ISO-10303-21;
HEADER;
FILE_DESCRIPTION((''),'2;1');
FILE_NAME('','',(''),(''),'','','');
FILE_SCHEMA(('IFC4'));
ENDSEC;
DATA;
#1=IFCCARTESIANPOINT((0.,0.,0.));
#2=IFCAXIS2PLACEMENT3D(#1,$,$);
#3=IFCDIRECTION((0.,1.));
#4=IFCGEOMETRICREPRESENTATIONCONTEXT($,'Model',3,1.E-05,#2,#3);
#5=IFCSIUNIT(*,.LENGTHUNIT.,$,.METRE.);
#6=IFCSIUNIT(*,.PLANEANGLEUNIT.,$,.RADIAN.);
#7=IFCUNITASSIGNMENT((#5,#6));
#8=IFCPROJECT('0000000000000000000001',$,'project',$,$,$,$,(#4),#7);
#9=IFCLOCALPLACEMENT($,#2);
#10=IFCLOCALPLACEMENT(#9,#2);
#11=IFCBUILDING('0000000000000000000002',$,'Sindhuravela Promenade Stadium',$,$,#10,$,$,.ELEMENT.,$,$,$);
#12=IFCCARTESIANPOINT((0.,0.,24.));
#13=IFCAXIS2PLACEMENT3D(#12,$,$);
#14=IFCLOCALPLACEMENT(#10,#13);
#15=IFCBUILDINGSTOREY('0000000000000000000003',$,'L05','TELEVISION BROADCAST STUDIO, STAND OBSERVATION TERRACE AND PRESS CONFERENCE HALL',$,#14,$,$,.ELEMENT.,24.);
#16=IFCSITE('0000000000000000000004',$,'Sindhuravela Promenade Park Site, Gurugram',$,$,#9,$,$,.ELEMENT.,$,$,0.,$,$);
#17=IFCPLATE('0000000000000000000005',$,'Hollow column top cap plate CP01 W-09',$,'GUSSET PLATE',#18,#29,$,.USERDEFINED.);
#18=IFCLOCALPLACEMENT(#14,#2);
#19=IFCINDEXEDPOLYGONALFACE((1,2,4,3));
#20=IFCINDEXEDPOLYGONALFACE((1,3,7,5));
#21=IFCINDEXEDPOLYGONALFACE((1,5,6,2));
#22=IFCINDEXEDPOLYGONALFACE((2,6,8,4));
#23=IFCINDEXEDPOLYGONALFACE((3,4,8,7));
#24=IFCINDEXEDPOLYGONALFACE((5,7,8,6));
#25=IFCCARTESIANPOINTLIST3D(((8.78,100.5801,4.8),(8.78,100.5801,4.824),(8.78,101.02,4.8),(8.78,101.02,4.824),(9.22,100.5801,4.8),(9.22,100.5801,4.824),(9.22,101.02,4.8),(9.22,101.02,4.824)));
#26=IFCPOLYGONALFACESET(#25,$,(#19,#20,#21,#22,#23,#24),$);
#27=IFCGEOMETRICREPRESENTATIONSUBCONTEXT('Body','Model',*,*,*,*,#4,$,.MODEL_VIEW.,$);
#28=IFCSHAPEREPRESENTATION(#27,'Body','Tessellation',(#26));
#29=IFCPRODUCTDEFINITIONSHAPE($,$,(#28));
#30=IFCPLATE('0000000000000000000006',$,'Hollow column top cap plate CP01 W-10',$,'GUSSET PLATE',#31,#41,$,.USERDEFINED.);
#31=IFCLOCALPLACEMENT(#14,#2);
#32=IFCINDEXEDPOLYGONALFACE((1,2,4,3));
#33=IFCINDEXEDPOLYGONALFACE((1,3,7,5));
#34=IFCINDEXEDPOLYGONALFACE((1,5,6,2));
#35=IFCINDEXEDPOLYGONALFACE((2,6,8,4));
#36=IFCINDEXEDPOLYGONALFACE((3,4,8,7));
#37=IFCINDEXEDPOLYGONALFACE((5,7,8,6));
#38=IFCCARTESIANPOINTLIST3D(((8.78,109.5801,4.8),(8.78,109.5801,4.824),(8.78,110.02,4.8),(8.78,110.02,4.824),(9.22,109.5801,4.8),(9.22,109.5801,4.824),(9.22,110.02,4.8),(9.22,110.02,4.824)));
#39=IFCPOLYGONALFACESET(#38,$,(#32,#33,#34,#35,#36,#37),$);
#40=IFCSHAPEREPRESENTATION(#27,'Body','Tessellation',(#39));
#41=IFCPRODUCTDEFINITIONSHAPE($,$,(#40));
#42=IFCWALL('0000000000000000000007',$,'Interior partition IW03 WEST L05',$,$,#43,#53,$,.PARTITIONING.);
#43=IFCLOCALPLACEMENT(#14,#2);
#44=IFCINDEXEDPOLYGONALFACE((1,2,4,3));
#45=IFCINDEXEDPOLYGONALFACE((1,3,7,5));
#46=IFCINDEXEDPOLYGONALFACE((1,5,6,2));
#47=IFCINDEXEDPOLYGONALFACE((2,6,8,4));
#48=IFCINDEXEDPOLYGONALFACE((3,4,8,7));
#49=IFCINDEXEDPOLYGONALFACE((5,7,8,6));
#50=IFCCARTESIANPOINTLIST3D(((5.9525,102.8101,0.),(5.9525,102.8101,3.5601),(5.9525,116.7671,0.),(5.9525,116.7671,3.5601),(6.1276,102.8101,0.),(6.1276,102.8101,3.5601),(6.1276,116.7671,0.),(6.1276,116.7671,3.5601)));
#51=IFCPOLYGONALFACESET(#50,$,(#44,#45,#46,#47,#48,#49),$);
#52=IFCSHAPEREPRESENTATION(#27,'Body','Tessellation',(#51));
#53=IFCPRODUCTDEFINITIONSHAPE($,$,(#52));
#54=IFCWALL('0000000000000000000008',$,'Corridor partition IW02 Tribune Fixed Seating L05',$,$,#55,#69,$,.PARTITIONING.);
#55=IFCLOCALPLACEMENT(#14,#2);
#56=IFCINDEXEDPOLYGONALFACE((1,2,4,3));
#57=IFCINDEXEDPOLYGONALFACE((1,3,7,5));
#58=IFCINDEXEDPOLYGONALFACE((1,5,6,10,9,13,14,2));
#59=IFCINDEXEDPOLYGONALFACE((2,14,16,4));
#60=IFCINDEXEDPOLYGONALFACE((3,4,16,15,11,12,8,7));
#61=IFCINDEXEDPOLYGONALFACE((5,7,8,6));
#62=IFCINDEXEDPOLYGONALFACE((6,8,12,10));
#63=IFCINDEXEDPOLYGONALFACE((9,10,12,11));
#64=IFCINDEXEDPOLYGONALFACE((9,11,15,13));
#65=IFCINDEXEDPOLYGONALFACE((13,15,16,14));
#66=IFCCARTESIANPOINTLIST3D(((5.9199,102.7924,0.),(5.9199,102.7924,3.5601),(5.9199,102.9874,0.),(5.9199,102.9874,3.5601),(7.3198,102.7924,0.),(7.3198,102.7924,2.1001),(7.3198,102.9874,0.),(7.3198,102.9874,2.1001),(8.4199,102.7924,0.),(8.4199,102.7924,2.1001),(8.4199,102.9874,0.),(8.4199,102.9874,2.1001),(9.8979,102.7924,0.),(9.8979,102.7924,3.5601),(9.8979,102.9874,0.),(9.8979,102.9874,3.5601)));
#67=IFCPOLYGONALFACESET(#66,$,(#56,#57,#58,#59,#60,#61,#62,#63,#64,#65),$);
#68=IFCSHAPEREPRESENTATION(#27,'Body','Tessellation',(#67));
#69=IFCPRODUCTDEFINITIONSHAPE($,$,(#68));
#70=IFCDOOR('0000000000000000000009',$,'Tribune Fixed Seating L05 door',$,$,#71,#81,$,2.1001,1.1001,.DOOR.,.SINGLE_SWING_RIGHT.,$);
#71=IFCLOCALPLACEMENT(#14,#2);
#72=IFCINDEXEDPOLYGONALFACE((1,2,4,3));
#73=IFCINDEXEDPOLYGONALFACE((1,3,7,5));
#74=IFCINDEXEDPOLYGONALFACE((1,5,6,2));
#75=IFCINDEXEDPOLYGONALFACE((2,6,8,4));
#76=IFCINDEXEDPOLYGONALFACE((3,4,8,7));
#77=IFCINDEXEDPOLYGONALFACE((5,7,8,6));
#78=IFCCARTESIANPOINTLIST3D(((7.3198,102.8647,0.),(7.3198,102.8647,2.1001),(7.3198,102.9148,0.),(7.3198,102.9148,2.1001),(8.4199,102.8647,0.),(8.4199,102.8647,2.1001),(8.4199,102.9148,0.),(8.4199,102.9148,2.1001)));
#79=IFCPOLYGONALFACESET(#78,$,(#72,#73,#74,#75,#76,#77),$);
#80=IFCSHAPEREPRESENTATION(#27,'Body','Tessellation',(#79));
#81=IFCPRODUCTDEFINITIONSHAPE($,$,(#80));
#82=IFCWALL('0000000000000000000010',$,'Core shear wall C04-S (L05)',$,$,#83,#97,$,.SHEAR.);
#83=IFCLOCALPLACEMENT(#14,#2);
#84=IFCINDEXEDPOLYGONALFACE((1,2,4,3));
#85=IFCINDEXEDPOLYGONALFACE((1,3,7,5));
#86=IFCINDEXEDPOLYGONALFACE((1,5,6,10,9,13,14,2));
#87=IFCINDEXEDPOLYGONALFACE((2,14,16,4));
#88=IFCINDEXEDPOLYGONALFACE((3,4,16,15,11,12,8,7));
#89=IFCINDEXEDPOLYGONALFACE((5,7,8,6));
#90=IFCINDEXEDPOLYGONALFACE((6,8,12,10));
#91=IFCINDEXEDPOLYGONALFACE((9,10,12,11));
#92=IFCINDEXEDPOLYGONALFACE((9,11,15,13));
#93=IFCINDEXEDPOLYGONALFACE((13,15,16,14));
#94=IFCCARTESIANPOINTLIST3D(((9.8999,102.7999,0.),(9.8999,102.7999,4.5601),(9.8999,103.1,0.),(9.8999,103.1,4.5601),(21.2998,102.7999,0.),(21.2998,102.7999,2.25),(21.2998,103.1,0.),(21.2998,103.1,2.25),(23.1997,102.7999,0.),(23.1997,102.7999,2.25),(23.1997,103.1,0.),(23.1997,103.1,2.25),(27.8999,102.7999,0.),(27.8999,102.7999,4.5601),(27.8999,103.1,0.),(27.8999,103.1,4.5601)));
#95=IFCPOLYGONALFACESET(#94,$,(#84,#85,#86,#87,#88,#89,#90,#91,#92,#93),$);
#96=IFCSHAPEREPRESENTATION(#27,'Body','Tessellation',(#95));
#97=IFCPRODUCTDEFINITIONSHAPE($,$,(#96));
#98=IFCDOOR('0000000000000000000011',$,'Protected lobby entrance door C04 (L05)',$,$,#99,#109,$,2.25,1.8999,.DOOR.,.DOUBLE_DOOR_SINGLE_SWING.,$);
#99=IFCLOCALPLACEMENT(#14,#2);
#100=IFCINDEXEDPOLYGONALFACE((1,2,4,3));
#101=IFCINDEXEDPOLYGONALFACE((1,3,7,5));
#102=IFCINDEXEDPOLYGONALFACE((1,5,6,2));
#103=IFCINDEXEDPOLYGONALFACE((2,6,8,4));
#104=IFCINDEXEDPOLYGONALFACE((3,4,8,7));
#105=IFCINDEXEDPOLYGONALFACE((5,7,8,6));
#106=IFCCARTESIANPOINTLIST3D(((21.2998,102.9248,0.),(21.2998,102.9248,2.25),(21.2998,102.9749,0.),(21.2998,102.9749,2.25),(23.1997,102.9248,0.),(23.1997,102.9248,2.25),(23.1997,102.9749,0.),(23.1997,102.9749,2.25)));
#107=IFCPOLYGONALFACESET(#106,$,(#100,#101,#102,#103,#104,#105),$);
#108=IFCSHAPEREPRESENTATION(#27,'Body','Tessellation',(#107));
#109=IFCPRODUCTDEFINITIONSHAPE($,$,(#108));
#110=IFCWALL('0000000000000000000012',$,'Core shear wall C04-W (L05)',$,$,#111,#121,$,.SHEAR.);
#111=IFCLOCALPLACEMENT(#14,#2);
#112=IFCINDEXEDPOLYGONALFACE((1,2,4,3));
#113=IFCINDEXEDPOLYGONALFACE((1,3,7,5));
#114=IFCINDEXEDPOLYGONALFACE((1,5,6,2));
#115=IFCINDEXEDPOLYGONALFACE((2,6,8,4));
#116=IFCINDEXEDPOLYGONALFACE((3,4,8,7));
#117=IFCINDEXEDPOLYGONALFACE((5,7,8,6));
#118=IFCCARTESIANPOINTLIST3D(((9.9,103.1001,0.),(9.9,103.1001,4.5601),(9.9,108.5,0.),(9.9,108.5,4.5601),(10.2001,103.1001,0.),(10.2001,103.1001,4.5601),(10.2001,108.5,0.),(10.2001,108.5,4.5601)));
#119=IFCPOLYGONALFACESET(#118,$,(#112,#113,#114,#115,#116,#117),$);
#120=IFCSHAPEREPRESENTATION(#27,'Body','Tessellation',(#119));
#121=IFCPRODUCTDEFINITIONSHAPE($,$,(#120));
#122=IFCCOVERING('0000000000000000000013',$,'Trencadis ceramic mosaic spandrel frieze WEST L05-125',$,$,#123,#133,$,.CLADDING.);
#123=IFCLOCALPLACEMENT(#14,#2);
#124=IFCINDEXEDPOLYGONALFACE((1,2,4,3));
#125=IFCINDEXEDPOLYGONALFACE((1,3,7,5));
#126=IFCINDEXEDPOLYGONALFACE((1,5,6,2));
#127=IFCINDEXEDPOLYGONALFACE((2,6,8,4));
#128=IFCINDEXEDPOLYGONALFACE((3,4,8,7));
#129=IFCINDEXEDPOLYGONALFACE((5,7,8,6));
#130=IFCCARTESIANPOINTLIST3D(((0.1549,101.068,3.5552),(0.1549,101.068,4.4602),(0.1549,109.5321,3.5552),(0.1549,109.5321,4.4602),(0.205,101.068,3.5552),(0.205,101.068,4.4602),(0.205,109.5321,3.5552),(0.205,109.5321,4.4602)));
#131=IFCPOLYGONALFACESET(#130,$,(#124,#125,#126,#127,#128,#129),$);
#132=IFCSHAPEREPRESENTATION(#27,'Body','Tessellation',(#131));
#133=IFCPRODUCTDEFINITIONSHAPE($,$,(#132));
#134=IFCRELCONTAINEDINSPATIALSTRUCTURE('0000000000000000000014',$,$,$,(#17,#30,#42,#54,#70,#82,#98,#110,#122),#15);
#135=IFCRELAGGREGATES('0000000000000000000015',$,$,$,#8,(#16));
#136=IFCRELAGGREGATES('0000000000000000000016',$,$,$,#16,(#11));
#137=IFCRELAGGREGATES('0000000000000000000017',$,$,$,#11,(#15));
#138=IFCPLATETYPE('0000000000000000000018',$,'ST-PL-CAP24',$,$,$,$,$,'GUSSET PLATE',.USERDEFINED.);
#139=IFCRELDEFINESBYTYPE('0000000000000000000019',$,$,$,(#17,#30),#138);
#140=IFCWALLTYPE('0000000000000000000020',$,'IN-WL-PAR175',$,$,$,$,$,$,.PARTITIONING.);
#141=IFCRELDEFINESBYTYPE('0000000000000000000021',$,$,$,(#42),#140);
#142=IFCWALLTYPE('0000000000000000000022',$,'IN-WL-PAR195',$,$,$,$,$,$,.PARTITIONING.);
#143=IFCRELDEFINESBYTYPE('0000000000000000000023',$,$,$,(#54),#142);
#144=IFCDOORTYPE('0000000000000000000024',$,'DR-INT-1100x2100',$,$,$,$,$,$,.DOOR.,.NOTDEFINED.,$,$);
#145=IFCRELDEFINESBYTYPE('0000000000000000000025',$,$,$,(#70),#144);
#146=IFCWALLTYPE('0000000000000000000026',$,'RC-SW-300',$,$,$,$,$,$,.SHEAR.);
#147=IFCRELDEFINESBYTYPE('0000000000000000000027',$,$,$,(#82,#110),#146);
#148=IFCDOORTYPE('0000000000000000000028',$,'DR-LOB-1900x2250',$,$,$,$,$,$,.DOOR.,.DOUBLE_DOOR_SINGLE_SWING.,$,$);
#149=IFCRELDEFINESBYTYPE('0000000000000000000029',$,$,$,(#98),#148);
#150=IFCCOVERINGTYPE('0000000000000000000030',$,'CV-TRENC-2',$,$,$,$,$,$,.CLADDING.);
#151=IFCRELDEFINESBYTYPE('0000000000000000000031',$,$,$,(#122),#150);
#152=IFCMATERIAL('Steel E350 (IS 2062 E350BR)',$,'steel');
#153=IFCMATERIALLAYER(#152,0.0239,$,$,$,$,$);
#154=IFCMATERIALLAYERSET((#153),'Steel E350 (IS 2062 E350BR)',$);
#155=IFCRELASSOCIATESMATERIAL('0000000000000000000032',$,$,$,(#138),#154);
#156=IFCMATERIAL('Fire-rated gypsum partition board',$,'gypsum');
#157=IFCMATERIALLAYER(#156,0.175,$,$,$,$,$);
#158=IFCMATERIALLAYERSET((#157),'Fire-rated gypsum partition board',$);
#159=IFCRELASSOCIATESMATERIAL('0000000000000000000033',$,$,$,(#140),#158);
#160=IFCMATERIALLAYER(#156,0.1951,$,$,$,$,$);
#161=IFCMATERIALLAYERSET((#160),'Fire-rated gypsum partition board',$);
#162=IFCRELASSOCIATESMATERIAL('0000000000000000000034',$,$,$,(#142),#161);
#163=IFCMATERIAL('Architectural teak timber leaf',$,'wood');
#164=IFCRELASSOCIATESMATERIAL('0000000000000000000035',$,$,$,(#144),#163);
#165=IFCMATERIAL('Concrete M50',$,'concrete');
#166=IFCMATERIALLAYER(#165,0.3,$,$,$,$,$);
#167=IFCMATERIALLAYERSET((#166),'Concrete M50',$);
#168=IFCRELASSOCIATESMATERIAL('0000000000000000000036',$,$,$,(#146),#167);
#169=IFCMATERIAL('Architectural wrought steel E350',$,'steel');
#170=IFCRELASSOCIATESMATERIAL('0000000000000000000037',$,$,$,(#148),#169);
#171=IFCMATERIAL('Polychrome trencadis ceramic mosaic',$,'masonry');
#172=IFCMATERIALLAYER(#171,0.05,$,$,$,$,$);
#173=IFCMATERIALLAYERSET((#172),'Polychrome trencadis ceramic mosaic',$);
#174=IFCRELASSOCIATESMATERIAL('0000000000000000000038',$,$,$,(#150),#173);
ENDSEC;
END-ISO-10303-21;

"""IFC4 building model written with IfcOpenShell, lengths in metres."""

from ifc_helpers import new_model, si_unit, direction, frame, frame_2d, origin, origin_2d, place, context, subcontext, project, spatial, rectangle, extrude, material, layer, layer_set, type_object, element, fill, save


model = new_model("IFC4")

# Units and contexts
model_context = context("Model", 3, precision=1e-05, world=origin(), true_north=direction((0.0, 1.0)))
body_context = subcontext(model_context, "Body", "Model", "MODEL_VIEW")
ifc_project = project(units=[si_unit("LENGTHUNIT", "METRE"), si_unit("PLANEANGLEUNIT", "RADIAN")], contexts=[model_context])

# Site, building, storey
site_placement = place(None, origin())
site = spatial("IfcSite", under=ifc_project, at=site_placement, Name="Sindhuravela Promenade Park Site, Gurugram", CompositionType="ELEMENT", RefElevation=0.0)
building_placement = place(site_placement, origin())
building = spatial("IfcBuilding", under=site, at=building_placement, Name="Sindhuravela Promenade Stadium", CompositionType="ELEMENT")
storey_placement = place(building_placement, frame((0.0, 0.0, 24.0)))
storey = spatial("IfcBuildingStorey", under=building, at=storey_placement, Name="L05", Description="TELEVISION BROADCAST STUDIO, STAND OBSERVATION TERRACE AND PRESS CONFERENCE HALL", CompositionType="ELEMENT", Elevation=24.0)

# Shared definitions
ifc_material_1 = material(Name="Steel E350 (IS 2062 E350BR)", Category="steel")

# Plates
ifc_layer_1 = layer(ifc_material_1, 0.0239)
ifc_layer_set_1 = layer_set([ifc_layer_1], Name="Steel E350 (IS 2062 E350BR)")
plate_type_1 = type_object("IfcPlateType", Name="ST-PL-CAP24", ElementType="GUSSET PLATE", PredefinedType="USERDEFINED", material=ifc_layer_set_1)
for number, where, z_axis, x_axis, name in (
    (1, (9.0, 100.8, 4.8), (0.0, 0.0, 1.0), (1.0, 0.0, 0.0), "Hollow column top cap plate CP01 W-09"),
    (2, (9.0, 109.8, 4.8), (0.0, 0.0, 1.0), (1.0, 0.0, 0.0), "Hollow column top cap plate CP01 W-10"),
):
    element("IfcPlate", number, at=place(storey_placement, frame(where, z_axis=z_axis, x_axis=x_axis)), inside=storey, type_object=plate_type_1, Name=name, ObjectType="GUSSET PLATE", PredefinedType="USERDEFINED", context=body_context, shape_type="SweptSolid", body=[
        extrude(rectangle(XDim=0.4399, YDim=0.4399, at=origin_2d()), origin(), (0.0, 0.0, 1.0), 0.0239),
    ])

# Wall
ifc_material_2 = material(Name="Fire-rated gypsum partition board", Category="gypsum")
ifc_layer_2 = layer(ifc_material_2, 0.175)
ifc_layer_set_2 = layer_set([ifc_layer_2], Name="Fire-rated gypsum partition board")
wall_type_1 = type_object("IfcWallType", Name="IN-WL-PAR175", PredefinedType="PARTITIONING", material=ifc_layer_set_2)
wall_1_placement = place(storey_placement, frame((6.04, 102.8101, 0.0), z_axis=(0.0, 0.0, 1.0), x_axis=(0.0, 1.0, 0.0)))
element("IfcWall", 3, at=wall_1_placement, inside=storey, type_object=wall_type_1, Name="Interior partition IW03 WEST L05", PredefinedType="PARTITIONING", context=body_context, shape_type="SweptSolid", body=[
    extrude(rectangle(XDim=13.957, YDim=0.175, at=frame_2d((6.9785, 0.0))), origin(), (0.0, 0.0, 1.0), 3.5601),
])

# Walls, openings, doors
ifc_layer_3 = layer(ifc_material_2, 0.1951)
ifc_layer_set_3 = layer_set([ifc_layer_3], Name="Fire-rated gypsum partition board")
wall_type_2 = type_object("IfcWallType", Name="IN-WL-PAR195", PredefinedType="PARTITIONING", material=ifc_layer_set_3)
wall_2_placement = place(storey_placement, frame((5.9199, 102.8899, 0.0), z_axis=(0.0, 0.0, 1.0), x_axis=(1.0, 0.0, 0.0)))
wall_2 = element("IfcWall", 4, at=wall_2_placement, inside=storey, type_object=wall_type_2, Name="Corridor partition IW02 Tribune Fixed Seating L05", PredefinedType="PARTITIONING", context=body_context, shape_type="SweptSolid", body=[
    extrude(rectangle(XDim=3.978, YDim=0.1951, at=frame_2d((1.989, 0.0))), origin(), (0.0, 0.0, 1.0), 3.5601),
])
opening_1_placement = place(wall_2_placement, frame((1.3999, 0.0, 0.0)))
opening_1 = element("IfcOpeningElement", 5, at=opening_1_placement, cuts=wall_2, PredefinedType="OPENING", context=body_context, shape_type="SweptSolid", body=[
    extrude(rectangle(XDim=1.1001, YDim=2.1001, at=frame_2d((0.55, 1.05))), frame((0.0, 0.1074, 0.0), z_axis=(0.0, -1.0, 0.0), x_axis=(1.0, 0.0, 0.0)), (0.0, 0.0, 1.0), 0.2151),
])
ifc_material_3 = material(Name="Architectural teak timber leaf", Category="wood")
door_type_1 = type_object("IfcDoorType", Name="DR-INT-1100x2100", OperationType="NOTDEFINED", PredefinedType="DOOR", material=ifc_material_3)
door_1_placement = place(opening_1_placement, origin())
door_1 = element("IfcDoor", 6, at=door_1_placement, inside=storey, type_object=door_type_1, Name="Tribune Fixed Seating L05 door", OperationType="SINGLE_SWING_RIGHT", OverallHeight=2.1001, OverallWidth=1.1001, PredefinedType="DOOR", context=body_context, shape_type="SweptSolid", body=[
    extrude(rectangle(XDim=1.1001, YDim=2.1001, at=frame_2d((0.55, 1.05))), frame((0.0, 0.0249, 0.0), z_axis=(0.0, -1.0, 0.0), x_axis=(1.0, 0.0, 0.0)), (0.0, 0.0, 1.0), 0.05),
])
fill(opening_1, door_1)
ifc_material_4 = material(Name="Concrete M50", Category="concrete")
ifc_layer_4 = layer(ifc_material_4, 0.3)
ifc_layer_set_4 = layer_set([ifc_layer_4], Name="Concrete M50")
wall_type_3 = type_object("IfcWallType", Name="RC-SW-300", PredefinedType="SHEAR", material=ifc_layer_set_4)
wall_3_placement = place(storey_placement, frame((9.8999, 102.95, 0.0), z_axis=(0.0, 0.0, 1.0), x_axis=(1.0, 0.0, 0.0)))
wall_3 = element("IfcWall", 7, at=wall_3_placement, inside=storey, type_object=wall_type_3, Name="Core shear wall C04-S (L05)", PredefinedType="SHEAR", context=body_context, shape_type="SweptSolid", body=[
    extrude(rectangle(XDim=18.0, YDim=0.3, at=frame_2d((9.0, 0.0))), origin(), (0.0, 0.0, 1.0), 4.5601),
])
opening_2_placement = place(wall_3_placement, frame((11.3999, 0.0, 0.0)))
opening_2 = element("IfcOpeningElement", 8, at=opening_2_placement, cuts=wall_3, PredefinedType="OPENING", context=body_context, shape_type="SweptSolid", body=[
    extrude(rectangle(XDim=1.8999, YDim=2.25, at=frame_2d((0.95, 1.125))), frame((0.0, 0.1599, 0.0), z_axis=(0.0, -1.0, 0.0), x_axis=(1.0, 0.0, 0.0)), (0.0, 0.0, 1.0), 0.3201),
])
ifc_material_5 = material(Name="Architectural wrought steel E350", Category="steel")
door_type_2 = type_object("IfcDoorType", Name="DR-LOB-1900x2250", OperationType="DOUBLE_DOOR_SINGLE_SWING", PredefinedType="DOOR", material=ifc_material_5)
door_2_placement = place(opening_2_placement, origin())
door_2 = element("IfcDoor", 9, at=door_2_placement, inside=storey, type_object=door_type_2, Name="Protected lobby entrance door C04 (L05)", OperationType="DOUBLE_DOOR_SINGLE_SWING", OverallHeight=2.25, OverallWidth=1.8999, PredefinedType="DOOR", context=body_context, shape_type="SweptSolid", body=[
    extrude(rectangle(XDim=1.8999, YDim=2.25, at=frame_2d((0.95, 1.125))), frame((0.0, 0.0249, 0.0), z_axis=(0.0, -1.0, 0.0), x_axis=(1.0, 0.0, 0.0)), (0.0, 0.0, 1.0), 0.05),
])
fill(opening_2, door_2)

# Wall
wall_4_placement = place(storey_placement, frame((10.05, 108.5, 0.0), z_axis=(0.0, 0.0, 1.0), x_axis=(0.0, -1.0, 0.0)))
element("IfcWall", 10, at=wall_4_placement, inside=storey, type_object=wall_type_3, Name="Core shear wall C04-W (L05)", PredefinedType="SHEAR", context=body_context, shape_type="SweptSolid", body=[
    extrude(rectangle(XDim=5.3999, YDim=0.3, at=frame_2d((2.7, 0.0))), origin(), (0.0, 0.0, 1.0), 4.5601),
])

# Covering
ifc_material_6 = material(Name="Polychrome trencadis ceramic mosaic", Category="masonry")
ifc_layer_5 = layer(ifc_material_6, 0.05)
ifc_layer_set_5 = layer_set([ifc_layer_5], Name="Polychrome trencadis ceramic mosaic")
covering_type = type_object("IfcCoveringType", Name="CV-TRENC-2", PredefinedType="CLADDING", material=ifc_layer_set_5)
covering_placement = place(storey_placement, frame((0.1799, 105.3, 3.5552), z_axis=(0.0, 0.0, 1.0), x_axis=(0.0, 1.0, 0.0)))
element("IfcCovering", 11, at=covering_placement, inside=storey, type_object=covering_type, Name="Trencadis ceramic mosaic spandrel frieze WEST L05-125", PredefinedType="CLADDING", context=body_context, shape_type="SweptSolid", body=[
    extrude(rectangle(XDim=8.4641, YDim=0.05, at=origin_2d()), origin(), (0.0, 0.0, 1.0), 0.905),
])

save(model, "model.ifc")
